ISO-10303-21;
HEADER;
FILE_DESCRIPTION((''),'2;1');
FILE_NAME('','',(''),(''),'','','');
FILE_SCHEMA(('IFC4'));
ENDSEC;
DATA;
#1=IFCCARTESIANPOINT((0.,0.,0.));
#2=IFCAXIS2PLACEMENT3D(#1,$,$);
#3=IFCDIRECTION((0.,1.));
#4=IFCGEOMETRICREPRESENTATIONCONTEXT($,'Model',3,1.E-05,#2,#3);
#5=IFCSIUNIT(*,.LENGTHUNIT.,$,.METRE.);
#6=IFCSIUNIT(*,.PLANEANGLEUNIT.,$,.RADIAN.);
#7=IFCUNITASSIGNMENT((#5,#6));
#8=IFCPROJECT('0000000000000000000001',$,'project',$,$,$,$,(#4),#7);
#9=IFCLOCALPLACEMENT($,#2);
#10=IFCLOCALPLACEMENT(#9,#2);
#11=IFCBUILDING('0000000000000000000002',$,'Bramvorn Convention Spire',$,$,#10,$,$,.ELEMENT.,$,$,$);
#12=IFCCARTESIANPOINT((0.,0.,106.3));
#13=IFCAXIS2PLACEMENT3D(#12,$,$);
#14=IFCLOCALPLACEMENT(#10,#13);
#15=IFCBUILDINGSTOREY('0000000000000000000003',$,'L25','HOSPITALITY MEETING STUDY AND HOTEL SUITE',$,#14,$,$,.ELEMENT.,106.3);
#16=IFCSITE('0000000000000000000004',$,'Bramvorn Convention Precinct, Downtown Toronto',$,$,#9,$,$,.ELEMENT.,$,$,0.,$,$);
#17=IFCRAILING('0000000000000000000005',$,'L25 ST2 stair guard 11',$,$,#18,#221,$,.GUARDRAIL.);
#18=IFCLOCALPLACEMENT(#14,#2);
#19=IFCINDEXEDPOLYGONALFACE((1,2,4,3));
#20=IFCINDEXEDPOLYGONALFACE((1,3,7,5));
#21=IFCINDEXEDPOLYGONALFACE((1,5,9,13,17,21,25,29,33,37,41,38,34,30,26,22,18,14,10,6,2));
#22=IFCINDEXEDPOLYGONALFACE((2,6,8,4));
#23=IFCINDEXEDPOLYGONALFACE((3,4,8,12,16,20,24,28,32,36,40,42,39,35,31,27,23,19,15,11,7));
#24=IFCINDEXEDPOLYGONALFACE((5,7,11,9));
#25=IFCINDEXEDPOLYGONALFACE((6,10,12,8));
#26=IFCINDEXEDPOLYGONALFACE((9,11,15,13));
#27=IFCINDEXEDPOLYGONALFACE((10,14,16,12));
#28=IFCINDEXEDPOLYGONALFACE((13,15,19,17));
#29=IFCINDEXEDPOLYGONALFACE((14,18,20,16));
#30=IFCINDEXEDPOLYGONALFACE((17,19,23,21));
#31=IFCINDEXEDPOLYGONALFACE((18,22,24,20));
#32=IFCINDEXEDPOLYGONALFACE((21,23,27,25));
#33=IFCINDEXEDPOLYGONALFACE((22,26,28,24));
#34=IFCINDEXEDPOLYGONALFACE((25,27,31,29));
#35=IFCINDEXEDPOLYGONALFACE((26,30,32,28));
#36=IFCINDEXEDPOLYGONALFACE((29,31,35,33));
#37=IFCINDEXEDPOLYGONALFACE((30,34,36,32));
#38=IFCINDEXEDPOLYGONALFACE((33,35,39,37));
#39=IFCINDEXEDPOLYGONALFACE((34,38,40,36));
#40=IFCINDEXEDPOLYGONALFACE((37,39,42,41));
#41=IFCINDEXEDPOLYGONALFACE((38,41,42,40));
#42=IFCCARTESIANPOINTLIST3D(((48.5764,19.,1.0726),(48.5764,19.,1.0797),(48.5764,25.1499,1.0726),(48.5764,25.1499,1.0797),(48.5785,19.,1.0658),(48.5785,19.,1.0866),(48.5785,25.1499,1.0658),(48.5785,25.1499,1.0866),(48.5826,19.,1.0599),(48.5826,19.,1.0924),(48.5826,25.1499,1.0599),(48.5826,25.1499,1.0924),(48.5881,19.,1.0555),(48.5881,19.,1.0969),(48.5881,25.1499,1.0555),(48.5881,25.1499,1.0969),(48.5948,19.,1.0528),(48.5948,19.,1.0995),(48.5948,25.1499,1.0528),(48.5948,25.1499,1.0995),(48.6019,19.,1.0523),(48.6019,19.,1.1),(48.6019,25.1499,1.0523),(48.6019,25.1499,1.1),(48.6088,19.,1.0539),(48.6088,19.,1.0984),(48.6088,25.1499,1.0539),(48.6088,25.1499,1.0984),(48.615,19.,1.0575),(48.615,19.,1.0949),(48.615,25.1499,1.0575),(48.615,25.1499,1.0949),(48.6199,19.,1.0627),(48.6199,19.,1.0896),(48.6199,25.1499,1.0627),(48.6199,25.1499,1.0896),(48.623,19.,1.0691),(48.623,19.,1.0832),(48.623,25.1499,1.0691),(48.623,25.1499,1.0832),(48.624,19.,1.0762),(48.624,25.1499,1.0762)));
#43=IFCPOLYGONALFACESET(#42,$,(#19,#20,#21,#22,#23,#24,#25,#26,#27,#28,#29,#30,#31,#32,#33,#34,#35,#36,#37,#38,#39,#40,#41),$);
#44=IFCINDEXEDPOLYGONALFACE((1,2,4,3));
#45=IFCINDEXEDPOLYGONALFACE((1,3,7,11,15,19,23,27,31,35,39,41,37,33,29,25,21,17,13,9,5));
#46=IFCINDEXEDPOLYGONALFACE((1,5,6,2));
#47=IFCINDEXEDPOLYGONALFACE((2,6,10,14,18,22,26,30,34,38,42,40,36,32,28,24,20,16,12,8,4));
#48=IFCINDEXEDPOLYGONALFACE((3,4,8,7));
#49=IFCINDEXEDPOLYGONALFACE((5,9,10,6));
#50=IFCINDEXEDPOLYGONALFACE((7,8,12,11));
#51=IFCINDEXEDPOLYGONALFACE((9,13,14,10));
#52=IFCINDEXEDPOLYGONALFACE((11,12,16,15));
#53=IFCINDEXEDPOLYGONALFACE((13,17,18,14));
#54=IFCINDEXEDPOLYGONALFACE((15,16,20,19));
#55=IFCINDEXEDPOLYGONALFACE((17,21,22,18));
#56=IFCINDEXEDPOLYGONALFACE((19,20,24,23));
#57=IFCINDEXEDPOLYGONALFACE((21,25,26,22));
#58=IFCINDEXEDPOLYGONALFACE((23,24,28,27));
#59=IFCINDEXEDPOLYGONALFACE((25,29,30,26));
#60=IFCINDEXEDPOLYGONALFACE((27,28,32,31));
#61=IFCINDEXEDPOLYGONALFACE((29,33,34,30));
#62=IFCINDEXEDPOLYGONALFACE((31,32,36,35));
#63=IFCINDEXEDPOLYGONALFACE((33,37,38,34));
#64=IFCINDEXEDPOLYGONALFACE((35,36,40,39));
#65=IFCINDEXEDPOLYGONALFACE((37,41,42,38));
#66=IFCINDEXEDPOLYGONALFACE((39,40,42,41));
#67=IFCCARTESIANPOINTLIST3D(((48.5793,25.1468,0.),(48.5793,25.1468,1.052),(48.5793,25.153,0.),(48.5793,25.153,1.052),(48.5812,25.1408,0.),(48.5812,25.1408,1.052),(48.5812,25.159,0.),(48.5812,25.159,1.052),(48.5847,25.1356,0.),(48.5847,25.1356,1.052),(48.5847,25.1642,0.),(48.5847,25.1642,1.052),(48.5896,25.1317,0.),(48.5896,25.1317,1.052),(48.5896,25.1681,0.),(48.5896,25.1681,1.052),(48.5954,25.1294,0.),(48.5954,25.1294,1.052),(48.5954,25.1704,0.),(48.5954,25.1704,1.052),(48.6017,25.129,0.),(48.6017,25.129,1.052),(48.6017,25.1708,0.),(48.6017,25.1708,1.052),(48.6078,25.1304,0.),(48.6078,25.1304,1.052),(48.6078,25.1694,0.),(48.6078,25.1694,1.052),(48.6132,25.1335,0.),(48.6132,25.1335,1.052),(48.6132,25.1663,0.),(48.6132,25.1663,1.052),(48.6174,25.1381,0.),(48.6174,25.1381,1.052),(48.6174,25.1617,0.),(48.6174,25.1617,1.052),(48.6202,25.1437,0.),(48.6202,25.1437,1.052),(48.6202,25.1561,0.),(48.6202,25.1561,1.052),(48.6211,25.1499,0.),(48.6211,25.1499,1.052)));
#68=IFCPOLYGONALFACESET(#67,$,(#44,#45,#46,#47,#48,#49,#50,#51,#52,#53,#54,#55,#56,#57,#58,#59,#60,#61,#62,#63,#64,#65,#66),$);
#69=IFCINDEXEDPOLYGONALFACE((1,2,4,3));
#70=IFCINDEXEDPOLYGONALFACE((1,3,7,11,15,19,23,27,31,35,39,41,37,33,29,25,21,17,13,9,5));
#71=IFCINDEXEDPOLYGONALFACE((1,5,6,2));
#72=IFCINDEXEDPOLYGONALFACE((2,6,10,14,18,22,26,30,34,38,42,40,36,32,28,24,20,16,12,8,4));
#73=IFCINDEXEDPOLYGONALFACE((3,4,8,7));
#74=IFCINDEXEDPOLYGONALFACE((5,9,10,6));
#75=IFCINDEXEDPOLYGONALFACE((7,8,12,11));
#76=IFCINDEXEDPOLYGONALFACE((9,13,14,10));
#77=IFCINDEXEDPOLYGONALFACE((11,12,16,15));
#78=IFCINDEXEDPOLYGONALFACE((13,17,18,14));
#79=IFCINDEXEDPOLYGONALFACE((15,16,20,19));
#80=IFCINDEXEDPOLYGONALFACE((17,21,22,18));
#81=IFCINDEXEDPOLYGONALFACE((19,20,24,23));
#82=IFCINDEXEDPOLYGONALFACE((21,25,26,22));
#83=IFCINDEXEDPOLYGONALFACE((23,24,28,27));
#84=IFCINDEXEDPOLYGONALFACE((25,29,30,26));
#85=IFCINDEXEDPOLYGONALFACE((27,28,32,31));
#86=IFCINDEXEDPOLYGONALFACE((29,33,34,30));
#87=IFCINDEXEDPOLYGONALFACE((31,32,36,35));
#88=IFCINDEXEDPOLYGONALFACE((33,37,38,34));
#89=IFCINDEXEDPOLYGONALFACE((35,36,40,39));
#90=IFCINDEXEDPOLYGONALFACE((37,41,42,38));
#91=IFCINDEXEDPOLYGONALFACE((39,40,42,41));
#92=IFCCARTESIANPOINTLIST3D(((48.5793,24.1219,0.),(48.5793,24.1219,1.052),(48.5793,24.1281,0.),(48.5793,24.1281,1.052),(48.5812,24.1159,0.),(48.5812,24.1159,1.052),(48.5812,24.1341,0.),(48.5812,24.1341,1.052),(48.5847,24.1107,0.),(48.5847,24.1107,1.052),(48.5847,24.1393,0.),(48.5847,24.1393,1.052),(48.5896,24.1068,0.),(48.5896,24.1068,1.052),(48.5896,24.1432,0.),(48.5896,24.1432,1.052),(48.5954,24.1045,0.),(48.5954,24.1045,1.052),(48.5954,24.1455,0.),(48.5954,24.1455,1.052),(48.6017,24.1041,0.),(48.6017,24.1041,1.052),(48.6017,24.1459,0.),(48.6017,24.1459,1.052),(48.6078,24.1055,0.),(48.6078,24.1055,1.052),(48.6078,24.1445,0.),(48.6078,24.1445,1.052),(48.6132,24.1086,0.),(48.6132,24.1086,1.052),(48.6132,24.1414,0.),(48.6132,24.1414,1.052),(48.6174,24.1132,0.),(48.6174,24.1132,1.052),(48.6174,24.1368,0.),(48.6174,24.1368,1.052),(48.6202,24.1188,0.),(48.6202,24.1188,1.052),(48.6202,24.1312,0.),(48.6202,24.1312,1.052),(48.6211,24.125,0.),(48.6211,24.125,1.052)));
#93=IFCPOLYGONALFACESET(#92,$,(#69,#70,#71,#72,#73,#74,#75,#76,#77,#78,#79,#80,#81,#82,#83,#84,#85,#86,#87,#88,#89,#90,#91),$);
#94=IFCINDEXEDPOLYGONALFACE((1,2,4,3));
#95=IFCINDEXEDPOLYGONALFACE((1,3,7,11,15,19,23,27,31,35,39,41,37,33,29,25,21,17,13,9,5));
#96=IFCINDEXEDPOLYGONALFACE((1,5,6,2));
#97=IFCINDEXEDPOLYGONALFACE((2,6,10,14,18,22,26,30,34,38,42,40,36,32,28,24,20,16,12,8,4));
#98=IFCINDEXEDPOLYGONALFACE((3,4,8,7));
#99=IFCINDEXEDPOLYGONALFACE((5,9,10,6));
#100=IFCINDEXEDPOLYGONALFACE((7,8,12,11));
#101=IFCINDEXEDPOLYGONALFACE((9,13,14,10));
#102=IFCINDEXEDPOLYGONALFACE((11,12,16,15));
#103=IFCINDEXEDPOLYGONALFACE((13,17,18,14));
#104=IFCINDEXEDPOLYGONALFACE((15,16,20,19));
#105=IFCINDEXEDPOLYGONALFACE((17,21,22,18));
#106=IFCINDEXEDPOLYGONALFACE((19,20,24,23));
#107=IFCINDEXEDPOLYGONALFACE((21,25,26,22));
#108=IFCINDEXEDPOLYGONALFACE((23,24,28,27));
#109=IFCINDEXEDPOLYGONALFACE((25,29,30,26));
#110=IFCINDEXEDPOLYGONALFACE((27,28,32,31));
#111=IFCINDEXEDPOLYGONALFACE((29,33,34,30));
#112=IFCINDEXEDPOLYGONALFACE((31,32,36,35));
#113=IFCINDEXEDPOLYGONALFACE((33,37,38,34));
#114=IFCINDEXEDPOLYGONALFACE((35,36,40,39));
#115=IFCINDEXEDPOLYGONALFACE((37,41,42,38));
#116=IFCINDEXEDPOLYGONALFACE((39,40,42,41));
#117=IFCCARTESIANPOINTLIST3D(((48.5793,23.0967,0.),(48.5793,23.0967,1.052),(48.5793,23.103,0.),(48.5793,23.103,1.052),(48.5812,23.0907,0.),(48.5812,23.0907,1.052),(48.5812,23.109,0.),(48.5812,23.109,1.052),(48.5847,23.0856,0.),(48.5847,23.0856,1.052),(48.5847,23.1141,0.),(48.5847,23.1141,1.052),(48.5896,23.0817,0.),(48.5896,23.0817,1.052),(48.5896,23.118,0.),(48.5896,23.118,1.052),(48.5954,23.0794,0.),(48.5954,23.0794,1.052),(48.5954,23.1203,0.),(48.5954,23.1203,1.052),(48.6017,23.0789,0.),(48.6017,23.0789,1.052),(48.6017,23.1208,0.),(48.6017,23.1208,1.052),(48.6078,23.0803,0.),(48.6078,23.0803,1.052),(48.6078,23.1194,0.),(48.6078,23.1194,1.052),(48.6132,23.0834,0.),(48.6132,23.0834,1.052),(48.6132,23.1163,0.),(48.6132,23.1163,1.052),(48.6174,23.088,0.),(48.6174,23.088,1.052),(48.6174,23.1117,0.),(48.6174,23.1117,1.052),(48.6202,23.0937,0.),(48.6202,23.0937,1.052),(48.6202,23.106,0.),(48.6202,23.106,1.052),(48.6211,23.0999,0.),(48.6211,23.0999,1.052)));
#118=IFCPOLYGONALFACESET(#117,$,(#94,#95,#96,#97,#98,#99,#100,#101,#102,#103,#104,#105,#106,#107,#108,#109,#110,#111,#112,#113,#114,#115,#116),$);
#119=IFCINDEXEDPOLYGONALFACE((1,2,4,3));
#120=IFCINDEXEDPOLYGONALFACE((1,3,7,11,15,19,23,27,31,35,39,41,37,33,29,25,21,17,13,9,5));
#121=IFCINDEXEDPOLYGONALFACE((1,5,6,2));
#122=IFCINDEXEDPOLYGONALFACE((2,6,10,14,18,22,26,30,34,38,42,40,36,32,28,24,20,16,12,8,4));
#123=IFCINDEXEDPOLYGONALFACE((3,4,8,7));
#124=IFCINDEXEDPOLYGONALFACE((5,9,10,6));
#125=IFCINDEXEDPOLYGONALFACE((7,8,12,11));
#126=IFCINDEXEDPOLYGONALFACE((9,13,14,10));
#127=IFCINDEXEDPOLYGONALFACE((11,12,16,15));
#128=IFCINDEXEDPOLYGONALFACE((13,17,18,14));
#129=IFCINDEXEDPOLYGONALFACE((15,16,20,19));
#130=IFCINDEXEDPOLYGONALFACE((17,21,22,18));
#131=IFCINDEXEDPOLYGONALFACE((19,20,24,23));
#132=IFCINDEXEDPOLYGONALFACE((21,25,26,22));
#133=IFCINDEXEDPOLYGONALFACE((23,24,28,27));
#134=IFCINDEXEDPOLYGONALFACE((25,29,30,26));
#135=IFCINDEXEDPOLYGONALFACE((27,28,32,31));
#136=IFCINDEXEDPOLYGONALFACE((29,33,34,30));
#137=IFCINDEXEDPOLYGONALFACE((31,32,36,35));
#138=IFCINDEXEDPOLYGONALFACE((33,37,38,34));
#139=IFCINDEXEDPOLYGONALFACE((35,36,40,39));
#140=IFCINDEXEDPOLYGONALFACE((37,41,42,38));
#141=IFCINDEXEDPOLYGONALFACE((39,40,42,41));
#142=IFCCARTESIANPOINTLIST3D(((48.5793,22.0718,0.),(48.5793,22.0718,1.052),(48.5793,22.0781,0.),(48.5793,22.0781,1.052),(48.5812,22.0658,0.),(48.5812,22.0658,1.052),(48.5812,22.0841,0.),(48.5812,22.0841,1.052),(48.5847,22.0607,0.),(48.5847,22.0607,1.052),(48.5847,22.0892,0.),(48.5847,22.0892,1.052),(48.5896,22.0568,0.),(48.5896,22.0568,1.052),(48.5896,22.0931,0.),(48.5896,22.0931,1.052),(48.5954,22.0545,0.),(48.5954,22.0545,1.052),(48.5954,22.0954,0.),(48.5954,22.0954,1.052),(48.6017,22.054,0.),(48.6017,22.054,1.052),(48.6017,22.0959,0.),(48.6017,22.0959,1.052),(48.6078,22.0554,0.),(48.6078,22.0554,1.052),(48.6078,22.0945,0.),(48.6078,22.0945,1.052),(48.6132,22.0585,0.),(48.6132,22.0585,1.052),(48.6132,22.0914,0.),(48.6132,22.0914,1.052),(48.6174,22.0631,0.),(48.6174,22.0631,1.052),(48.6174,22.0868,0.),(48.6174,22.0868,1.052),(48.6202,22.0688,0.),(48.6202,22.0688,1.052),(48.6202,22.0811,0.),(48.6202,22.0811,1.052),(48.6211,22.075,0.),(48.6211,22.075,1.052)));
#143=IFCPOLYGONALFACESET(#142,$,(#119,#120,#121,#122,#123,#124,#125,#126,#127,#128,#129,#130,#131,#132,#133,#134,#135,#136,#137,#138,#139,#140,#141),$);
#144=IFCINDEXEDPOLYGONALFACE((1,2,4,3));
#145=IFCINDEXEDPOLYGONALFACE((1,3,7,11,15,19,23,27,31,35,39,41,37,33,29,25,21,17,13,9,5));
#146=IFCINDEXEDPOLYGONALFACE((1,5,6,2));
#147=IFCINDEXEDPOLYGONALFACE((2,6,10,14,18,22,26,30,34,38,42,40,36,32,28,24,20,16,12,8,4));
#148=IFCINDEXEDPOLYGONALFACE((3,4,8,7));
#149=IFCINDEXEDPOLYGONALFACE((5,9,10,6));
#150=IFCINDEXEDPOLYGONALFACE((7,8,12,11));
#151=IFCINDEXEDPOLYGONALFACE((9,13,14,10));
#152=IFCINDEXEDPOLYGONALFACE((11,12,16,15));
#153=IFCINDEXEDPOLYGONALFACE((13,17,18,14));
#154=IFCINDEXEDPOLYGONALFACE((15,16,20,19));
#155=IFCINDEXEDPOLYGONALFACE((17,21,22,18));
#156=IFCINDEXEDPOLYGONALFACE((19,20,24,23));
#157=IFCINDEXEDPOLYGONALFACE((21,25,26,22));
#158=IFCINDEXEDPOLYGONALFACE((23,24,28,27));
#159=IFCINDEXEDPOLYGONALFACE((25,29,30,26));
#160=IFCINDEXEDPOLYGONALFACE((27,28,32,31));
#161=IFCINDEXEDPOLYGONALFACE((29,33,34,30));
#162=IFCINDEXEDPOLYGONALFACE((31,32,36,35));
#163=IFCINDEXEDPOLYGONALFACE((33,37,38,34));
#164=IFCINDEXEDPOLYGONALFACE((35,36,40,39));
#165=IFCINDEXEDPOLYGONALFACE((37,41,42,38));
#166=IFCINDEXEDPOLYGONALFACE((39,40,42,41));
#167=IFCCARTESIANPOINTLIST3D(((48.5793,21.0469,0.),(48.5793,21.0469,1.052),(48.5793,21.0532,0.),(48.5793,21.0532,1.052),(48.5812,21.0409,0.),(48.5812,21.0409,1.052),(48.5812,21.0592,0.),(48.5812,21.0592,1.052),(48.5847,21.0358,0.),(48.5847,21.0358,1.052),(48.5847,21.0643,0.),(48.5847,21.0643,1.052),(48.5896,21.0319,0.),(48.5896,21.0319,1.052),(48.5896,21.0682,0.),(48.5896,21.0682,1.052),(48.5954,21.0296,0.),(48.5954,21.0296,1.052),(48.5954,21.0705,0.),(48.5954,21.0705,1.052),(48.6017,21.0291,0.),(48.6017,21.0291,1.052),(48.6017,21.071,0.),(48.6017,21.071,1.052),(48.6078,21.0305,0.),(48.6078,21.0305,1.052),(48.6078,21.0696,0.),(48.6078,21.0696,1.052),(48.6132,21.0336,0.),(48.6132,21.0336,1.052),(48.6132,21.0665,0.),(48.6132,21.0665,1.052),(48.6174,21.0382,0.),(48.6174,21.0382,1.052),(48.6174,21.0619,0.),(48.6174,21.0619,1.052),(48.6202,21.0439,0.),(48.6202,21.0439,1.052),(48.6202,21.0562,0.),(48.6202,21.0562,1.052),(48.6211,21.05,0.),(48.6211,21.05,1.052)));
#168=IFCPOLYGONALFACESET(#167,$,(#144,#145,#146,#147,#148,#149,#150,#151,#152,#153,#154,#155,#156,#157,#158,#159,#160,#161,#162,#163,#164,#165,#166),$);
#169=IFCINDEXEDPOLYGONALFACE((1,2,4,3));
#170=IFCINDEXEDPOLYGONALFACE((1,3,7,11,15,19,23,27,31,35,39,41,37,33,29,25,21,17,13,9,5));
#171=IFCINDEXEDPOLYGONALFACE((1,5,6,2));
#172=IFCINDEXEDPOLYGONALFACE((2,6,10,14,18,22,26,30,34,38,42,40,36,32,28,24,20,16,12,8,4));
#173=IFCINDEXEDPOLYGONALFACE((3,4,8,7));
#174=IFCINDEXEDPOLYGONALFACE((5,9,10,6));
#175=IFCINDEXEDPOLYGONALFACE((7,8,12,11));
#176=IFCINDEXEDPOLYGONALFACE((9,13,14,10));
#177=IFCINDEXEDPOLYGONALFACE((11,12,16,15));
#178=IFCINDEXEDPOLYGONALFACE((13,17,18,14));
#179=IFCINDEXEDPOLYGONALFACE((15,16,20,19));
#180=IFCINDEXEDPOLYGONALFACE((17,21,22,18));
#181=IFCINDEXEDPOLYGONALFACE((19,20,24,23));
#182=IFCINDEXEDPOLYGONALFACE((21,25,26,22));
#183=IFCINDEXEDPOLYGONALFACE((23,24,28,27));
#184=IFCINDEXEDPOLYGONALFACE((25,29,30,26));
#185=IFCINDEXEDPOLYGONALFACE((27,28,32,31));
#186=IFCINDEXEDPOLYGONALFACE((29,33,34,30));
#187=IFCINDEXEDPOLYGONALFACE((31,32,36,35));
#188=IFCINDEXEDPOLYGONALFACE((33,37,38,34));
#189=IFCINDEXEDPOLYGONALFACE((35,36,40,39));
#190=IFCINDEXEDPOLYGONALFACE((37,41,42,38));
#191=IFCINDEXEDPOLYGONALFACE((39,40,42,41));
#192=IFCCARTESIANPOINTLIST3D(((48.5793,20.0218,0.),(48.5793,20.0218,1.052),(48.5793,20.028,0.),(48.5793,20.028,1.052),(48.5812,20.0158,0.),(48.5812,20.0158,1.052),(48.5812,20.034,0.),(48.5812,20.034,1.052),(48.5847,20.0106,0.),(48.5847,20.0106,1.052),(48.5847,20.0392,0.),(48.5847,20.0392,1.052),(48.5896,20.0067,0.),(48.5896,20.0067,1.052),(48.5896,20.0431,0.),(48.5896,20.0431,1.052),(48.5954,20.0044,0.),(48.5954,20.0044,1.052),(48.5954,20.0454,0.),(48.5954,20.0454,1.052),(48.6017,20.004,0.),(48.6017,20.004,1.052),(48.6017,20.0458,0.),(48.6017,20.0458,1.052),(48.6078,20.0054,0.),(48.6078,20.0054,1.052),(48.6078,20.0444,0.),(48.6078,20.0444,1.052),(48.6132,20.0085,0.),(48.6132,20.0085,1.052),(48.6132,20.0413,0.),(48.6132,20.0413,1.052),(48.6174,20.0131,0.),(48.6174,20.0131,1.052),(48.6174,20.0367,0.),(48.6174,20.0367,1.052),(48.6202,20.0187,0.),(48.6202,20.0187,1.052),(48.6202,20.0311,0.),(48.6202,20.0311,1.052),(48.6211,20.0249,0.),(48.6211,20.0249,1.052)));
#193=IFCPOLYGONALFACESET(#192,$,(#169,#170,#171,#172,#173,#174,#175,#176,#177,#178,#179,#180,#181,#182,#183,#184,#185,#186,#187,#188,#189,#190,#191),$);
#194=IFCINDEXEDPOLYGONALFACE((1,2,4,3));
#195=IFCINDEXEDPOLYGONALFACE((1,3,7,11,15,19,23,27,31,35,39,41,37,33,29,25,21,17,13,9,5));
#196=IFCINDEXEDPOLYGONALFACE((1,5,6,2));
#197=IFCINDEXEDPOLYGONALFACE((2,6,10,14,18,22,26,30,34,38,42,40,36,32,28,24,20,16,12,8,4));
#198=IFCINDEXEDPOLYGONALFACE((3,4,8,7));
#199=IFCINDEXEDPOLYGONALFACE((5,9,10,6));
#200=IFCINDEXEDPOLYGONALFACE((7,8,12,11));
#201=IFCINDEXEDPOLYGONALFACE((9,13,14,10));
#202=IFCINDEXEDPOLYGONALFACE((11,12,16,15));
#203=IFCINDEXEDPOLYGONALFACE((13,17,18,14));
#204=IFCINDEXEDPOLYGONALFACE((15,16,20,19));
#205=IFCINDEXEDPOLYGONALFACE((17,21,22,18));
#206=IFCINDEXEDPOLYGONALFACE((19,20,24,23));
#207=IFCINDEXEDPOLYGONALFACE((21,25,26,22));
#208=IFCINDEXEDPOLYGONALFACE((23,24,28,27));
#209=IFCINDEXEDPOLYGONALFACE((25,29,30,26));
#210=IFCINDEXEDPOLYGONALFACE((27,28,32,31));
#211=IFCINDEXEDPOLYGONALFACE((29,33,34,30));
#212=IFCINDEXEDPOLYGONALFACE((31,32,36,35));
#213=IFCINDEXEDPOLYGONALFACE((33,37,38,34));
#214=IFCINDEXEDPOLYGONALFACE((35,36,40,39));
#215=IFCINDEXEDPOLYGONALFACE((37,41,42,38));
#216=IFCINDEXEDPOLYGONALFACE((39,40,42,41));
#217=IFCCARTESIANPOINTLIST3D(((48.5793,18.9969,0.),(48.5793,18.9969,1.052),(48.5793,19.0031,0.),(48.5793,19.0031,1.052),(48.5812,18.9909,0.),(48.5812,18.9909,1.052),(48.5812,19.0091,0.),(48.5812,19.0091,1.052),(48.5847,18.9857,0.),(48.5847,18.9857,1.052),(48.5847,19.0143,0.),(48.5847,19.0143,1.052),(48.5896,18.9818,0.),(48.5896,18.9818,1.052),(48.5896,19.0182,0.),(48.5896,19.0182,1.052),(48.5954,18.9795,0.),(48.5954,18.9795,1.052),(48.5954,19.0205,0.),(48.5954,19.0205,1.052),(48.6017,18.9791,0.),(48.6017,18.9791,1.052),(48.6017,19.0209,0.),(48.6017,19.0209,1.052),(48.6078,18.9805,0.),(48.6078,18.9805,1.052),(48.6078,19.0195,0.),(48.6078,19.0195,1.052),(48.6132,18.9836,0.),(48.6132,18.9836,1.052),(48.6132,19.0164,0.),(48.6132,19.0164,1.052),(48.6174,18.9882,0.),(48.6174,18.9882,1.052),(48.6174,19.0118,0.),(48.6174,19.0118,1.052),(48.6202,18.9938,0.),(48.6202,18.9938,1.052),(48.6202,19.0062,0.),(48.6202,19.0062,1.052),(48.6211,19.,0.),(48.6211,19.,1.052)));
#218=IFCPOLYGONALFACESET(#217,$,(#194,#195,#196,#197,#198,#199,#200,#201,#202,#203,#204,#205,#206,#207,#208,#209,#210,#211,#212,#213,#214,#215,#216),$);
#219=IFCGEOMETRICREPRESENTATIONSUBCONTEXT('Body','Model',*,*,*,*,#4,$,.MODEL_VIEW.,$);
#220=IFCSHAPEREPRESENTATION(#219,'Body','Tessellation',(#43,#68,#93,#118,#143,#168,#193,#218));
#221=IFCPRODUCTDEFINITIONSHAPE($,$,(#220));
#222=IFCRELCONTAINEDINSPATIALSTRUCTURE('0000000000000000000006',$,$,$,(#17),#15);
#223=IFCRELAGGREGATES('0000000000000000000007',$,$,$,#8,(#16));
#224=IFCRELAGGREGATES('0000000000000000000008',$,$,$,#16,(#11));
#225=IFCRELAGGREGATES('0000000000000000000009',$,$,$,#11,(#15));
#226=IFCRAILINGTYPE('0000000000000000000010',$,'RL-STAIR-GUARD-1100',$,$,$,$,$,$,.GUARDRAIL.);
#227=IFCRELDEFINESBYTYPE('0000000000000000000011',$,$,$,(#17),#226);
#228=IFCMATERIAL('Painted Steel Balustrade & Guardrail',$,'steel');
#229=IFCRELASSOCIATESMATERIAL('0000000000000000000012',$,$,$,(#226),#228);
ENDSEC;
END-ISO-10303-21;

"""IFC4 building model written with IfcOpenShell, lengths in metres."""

from ifc_helpers import new_model, si_unit, direction, frame, origin, origin_2d, place, context, subcontext, project, spatial, circle, extrude, material, type_object, element, save


model = new_model("IFC4")

# Units and contexts
model_context = context("Model", 3, precision=1e-05, world=origin(), true_north=direction((0.0, 1.0)))
body_context = subcontext(model_context, "Body", "Model", "MODEL_VIEW")
ifc_project = project(units=[si_unit("LENGTHUNIT", "METRE"), si_unit("PLANEANGLEUNIT", "RADIAN")], contexts=[model_context])

# Site, building, storey
site_placement = place(None, origin())
site = spatial("IfcSite", under=ifc_project, at=site_placement, Name="Bramvorn Convention Precinct, Downtown Toronto", CompositionType="ELEMENT", RefElevation=0.0)
building_placement = place(site_placement, origin())
building = spatial("IfcBuilding", under=site, at=building_placement, Name="Bramvorn Convention Spire", CompositionType="ELEMENT")
storey_placement = place(building_placement, frame((0.0, 0.0, 106.3)))
storey = spatial("IfcBuildingStorey", under=building, at=storey_placement, Name="L25", Description="HOSPITALITY MEETING STUDY AND HOTEL SUITE", CompositionType="ELEMENT", Elevation=106.3)

# Railing
ifc_material_1 = material(Name="Painted Steel Balustrade & Guardrail", Category="steel")
railing_type = type_object("IfcRailingType", Name="RL-STAIR-GUARD-1100", PredefinedType="GUARDRAIL", material=ifc_material_1)
railing_1_placement = place(storey_placement, frame((48.6001, 25.1499, 0.0)))
element("IfcRailing", 1, at=railing_1_placement, inside=storey, type_object=railing_type, Name="L25 ST2 stair guard 11", PredefinedType="GUARDRAIL", context=body_context, shape_type="SweptSolid", body=[
    extrude(circle(Radius=0.0239, at=origin_2d()), frame((0.0, 0.0, 1.0762), z_axis=(0.0, -1.0, 0.0), x_axis=(1.0, 0.0, 0.0)), (0.0, 0.0, 1.0), 6.1499),
    extrude(circle(Radius=0.021, at=origin_2d()), origin(), (0.0, 0.0, 1.0), 1.052),
    extrude(circle(Radius=0.021, at=origin_2d()), frame((0.0, -1.0249, 0.0)), (0.0, 0.0, 1.0), 1.052),
    extrude(circle(Radius=0.021, at=origin_2d()), frame((0.0, -2.05, 0.0)), (0.0, 0.0, 1.0), 1.052),
    extrude(circle(Radius=0.021, at=origin_2d()), frame((0.0, -3.075, 0.0)), (0.0, 0.0, 1.0), 1.052),
    extrude(circle(Radius=0.021, at=origin_2d()), frame((0.0, -4.0999, 0.0)), (0.0, 0.0, 1.0), 1.052),
    extrude(circle(Radius=0.021, at=origin_2d()), frame((0.0, -5.125, 0.0)), (0.0, 0.0, 1.0), 1.052),
    extrude(circle(Radius=0.021, at=origin_2d()), frame((0.0, -6.1499, 0.0)), (0.0, 0.0, 1.0), 1.052),
])

save(model, "model.ifc")
